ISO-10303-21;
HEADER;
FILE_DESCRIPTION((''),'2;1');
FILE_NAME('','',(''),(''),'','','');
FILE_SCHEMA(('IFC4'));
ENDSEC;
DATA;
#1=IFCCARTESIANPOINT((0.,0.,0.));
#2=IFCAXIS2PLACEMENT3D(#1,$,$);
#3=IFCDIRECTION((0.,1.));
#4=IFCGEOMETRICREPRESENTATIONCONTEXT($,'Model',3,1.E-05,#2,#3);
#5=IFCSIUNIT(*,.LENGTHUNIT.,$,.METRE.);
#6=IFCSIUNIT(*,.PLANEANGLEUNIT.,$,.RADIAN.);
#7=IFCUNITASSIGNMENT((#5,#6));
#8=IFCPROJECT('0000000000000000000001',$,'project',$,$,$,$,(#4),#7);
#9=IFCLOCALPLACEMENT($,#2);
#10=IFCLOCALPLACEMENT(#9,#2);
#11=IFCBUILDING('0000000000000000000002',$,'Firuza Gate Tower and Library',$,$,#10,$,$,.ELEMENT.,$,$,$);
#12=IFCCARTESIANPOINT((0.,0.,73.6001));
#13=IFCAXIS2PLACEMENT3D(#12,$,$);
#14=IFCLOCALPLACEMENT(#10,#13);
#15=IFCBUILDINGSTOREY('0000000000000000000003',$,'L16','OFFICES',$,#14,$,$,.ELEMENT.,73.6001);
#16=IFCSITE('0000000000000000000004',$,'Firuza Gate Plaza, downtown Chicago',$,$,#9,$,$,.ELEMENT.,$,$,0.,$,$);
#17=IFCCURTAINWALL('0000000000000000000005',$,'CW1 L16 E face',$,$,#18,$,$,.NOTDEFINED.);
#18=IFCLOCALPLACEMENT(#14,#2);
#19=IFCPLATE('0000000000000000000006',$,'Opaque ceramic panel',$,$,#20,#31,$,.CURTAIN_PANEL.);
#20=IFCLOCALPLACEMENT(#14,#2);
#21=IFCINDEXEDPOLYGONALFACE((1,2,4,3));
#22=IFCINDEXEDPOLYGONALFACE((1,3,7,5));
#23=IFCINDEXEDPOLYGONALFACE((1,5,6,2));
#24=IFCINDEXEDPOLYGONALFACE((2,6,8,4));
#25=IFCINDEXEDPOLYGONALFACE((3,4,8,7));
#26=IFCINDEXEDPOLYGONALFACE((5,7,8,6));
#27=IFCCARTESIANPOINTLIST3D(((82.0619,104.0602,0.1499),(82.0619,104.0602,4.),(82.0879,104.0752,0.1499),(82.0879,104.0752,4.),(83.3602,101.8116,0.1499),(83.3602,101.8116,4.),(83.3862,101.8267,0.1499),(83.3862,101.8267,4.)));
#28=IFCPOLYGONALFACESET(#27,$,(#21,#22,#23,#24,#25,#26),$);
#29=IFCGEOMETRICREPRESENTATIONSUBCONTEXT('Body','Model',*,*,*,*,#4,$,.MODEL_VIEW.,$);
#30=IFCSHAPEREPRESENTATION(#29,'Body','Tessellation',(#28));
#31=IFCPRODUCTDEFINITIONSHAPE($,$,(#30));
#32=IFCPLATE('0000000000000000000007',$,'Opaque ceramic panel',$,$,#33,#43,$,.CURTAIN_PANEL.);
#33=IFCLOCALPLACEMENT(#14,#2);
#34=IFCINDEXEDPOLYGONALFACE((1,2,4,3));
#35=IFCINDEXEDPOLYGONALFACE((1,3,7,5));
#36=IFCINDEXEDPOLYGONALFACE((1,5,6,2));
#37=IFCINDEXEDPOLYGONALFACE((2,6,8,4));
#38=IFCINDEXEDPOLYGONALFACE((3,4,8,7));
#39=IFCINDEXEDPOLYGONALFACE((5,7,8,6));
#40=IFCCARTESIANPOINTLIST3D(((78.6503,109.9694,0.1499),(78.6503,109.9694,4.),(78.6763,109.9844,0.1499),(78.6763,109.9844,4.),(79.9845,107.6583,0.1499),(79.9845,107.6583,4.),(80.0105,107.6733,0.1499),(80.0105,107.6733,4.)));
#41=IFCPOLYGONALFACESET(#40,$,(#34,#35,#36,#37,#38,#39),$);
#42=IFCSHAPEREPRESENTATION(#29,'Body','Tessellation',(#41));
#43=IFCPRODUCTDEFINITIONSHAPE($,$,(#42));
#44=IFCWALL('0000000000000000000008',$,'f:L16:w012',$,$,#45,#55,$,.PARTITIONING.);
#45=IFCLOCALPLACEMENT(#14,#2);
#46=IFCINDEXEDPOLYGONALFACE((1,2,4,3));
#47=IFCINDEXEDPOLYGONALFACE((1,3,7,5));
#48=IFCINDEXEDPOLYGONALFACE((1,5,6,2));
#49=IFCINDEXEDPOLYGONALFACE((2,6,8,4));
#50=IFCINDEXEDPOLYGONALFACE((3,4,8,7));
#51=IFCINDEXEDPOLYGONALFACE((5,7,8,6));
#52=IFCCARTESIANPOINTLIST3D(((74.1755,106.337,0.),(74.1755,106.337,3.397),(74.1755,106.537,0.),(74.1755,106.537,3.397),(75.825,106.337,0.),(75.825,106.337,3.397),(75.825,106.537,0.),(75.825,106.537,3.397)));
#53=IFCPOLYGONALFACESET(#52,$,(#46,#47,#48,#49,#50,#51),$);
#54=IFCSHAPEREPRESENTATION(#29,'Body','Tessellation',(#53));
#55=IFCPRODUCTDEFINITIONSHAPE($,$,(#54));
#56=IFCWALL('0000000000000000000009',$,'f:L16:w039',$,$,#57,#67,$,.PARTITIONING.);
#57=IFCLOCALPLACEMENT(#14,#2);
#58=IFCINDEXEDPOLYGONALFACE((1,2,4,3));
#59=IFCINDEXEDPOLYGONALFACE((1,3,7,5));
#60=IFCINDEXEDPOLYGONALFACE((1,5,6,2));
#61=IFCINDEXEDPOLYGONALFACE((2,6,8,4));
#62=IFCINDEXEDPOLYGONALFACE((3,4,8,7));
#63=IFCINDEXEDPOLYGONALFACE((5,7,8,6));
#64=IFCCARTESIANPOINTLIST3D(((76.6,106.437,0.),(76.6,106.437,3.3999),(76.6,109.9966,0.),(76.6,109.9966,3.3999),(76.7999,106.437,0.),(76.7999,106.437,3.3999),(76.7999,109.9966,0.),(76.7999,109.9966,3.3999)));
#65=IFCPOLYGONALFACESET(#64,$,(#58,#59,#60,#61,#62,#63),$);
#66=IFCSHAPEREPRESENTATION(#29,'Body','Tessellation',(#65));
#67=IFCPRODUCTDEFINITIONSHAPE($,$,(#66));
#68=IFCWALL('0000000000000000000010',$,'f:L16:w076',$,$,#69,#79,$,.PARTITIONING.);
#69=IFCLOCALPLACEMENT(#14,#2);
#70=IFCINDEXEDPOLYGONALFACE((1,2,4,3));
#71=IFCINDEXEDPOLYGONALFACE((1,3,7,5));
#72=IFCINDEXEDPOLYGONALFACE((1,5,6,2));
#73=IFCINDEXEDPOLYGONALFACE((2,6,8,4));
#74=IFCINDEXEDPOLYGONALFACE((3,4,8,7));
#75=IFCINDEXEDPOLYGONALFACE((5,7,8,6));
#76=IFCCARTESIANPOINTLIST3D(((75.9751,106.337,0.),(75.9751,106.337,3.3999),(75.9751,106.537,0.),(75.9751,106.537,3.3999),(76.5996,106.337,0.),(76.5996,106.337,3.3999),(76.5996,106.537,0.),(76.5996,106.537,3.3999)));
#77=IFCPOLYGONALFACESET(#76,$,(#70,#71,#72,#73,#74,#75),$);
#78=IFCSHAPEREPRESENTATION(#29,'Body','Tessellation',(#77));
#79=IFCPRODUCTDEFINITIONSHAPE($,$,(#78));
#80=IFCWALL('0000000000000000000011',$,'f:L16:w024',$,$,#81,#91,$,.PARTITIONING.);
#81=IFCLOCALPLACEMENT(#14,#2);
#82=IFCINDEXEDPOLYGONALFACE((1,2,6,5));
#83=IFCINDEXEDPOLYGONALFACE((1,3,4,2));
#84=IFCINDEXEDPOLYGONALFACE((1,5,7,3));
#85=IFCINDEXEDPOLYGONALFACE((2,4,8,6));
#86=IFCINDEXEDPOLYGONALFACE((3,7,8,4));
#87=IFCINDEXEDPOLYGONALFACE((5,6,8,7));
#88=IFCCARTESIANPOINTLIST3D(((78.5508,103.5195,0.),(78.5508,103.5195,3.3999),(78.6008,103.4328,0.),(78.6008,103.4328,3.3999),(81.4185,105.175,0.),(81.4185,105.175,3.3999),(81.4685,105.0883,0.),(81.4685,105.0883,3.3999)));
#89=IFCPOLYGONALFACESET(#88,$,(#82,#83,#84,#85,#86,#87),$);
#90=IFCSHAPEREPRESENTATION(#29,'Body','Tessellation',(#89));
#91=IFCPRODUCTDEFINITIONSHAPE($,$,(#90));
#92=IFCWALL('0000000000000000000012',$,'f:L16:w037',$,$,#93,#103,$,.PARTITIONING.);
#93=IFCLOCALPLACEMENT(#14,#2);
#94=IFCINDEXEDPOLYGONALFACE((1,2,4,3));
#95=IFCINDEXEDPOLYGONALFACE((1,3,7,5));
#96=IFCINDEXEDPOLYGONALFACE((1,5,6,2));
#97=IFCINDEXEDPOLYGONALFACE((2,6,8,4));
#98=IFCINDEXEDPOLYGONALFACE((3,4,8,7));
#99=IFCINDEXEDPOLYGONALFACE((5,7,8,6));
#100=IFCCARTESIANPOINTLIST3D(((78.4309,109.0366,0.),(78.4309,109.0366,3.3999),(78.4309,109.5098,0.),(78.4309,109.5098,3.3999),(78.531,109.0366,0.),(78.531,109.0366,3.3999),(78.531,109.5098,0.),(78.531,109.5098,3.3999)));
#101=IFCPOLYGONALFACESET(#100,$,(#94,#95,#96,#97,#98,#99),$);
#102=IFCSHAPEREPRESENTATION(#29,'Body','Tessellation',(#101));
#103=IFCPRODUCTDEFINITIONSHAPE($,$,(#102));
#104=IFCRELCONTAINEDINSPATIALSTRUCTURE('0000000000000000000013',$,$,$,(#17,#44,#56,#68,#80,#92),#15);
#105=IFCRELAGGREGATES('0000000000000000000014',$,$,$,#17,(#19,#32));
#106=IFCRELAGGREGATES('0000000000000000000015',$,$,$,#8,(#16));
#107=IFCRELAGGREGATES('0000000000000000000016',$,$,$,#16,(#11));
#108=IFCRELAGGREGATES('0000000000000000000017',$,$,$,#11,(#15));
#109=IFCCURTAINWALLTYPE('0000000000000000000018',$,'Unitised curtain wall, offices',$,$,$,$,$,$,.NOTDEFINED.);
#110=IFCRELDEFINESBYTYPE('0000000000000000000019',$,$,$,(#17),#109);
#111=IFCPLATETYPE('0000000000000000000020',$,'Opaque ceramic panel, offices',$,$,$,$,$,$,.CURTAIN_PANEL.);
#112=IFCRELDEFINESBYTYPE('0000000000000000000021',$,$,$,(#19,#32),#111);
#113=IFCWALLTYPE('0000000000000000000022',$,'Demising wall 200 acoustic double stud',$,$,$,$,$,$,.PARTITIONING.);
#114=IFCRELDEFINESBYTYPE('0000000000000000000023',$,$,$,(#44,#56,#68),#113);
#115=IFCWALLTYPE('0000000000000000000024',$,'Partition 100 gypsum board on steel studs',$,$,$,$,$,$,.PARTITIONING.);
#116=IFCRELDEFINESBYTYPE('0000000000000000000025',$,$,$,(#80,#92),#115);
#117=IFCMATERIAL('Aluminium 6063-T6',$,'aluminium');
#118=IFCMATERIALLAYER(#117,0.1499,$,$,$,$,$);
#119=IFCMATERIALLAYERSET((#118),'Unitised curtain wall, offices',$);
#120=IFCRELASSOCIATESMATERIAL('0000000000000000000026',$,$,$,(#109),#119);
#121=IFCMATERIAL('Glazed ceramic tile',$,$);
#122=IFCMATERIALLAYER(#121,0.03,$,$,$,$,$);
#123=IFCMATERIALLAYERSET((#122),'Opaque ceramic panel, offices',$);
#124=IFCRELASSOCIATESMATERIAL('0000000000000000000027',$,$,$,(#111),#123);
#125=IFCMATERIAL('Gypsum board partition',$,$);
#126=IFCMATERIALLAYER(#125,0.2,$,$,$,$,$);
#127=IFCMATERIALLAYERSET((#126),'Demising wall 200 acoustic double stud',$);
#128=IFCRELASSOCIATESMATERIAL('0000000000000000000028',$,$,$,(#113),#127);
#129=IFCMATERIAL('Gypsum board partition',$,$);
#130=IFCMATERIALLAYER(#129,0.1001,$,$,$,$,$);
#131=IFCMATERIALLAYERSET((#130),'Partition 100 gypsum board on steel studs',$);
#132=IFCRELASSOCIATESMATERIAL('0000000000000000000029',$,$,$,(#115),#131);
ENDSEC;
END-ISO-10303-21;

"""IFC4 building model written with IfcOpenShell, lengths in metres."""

from ifc_helpers import new_model, si_unit, direction, frame, frame_2d, origin, place, context, subcontext, project, spatial, polyline, rectangle, outline, extrude, material, layer, layer_set, type_object, element, aggregate, save


model = new_model("IFC4")

# Units and contexts
model_context = context("Model", 3, precision=1e-05, world=origin(), true_north=direction((0.0, 1.0)))
body_context = subcontext(model_context, "Body", "Model", "MODEL_VIEW")
ifc_project = project(units=[si_unit("LENGTHUNIT", "METRE"), si_unit("PLANEANGLEUNIT", "RADIAN")], contexts=[model_context])

# Site, building, storey
site_placement = place(None, origin())
site = spatial("IfcSite", under=ifc_project, at=site_placement, Name="Firuza Gate Plaza, downtown Chicago", CompositionType="ELEMENT", RefElevation=0.0)
building_placement = place(site_placement, origin())
building = spatial("IfcBuilding", under=site, at=building_placement, Name="Firuza Gate Tower and Library", CompositionType="ELEMENT")
storey_placement = place(building_placement, frame((0.0, 0.0, 73.6001)))
storey = spatial("IfcBuildingStorey", under=building, at=storey_placement, Name="L16", Description="OFFICES", CompositionType="ELEMENT", Elevation=73.6001)

# Curtain wall
ifc_material_1 = material(Name="Aluminium 6063-T6", Category="aluminium")
ifc_layer_1 = layer(ifc_material_1, 0.1499)
ifc_layer_set_1 = layer_set([ifc_layer_1], Name="Unitised curtain wall, offices")
curtain_wall_type_1 = type_object("IfcCurtainWallType", Name="Unitised curtain wall, offices", PredefinedType="NOTDEFINED", material=ifc_layer_set_1)
placement = place(storey_placement, origin())
curtain_wall_1 = element("IfcCurtainWall", 1, at=placement, inside=storey, type_object=curtain_wall_type_1, Name="CW1 L16 E face", PredefinedType="NOTDEFINED")

# Plates
ifc_material_2 = material(Name="Glazed ceramic tile")
ifc_layer_2 = layer(ifc_material_2, 0.03)
ifc_layer_set_2 = layer_set([ifc_layer_2], Name="Opaque ceramic panel, offices")
plate_type_1 = type_object("IfcPlateType", Name="Opaque ceramic panel, offices", PredefinedType="CURTAIN_PANEL", material=ifc_layer_set_2)
plate_1_placement = place(storey_placement, frame((83.3862, 101.8267, 0.1499), z_axis=(0.866001, 0.500043, 0.0), x_axis=(-0.500043, 0.866001, 0.0)))
plate_1 = element("IfcPlate", 2, at=plate_1_placement, type_object=plate_type_1, Name="Opaque ceramic panel", PredefinedType="CURTAIN_PANEL", context=body_context, shape_type="SweptSolid", body=[
    extrude(outline(polyline([(0.0, 0.0), (2.5965, 0.0), (2.5965, 3.8501), (0.0, 3.8501), (0.0, 0.0)])), origin(), (0.0, 0.0, -1.0), 0.03),
])
plate_2_placement = place(storey_placement, frame((80.0105, 107.6733, 0.1499), z_axis=(0.866033, 0.499986, 0.0), x_axis=(-0.499986, 0.866033, 0.0)))
plate_2 = element("IfcPlate", 3, at=plate_2_placement, type_object=plate_type_1, Name="Opaque ceramic panel", PredefinedType="CURTAIN_PANEL", context=body_context, shape_type="SweptSolid", body=[
    extrude(outline(polyline([(0.0, 0.0), (2.6685, 0.0), (2.6685, 3.8501), (0.0, 3.8501), (0.0, 0.0)])), origin(), (0.0, 0.0, -1.0), 0.03),
])
aggregate(curtain_wall_1, [plate_1, plate_2])

# Walls
ifc_material_3 = material(Name="Gypsum board partition")
ifc_layer_3 = layer(ifc_material_3, 0.2)
ifc_layer_set_3 = layer_set([ifc_layer_3], Name="Demising wall 200 acoustic double stud")
wall_type_1 = type_object("IfcWallType", Name="Demising wall 200 acoustic double stud", PredefinedType="PARTITIONING", material=ifc_layer_set_3)
wall_1_placement = place(storey_placement, frame((74.1755, 106.437, 0.0), z_axis=(0.0, 0.0, 1.0), x_axis=(1.0, 0.0, 0.0)))
element("IfcWall", 4, at=wall_1_placement, inside=storey, type_object=wall_type_1, Name="f:L16:w012", PredefinedType="PARTITIONING", context=body_context, shape_type="SweptSolid", body=[
    extrude(rectangle(XDim=1.6494, YDim=0.2, at=frame_2d((0.8247, 0.0))), origin(), (0.0, 0.0, 1.0), 3.397),
])
wall_2_placement = place(storey_placement, frame((76.7, 106.437, 0.0), z_axis=(0.0, 0.0, 1.0), x_axis=(0.0, 1.0, 0.0)))
element("IfcWall", 5, at=wall_2_placement, inside=storey, type_object=wall_type_1, Name="f:L16:w039", PredefinedType="PARTITIONING", context=body_context, shape_type="SweptSolid", body=[
    extrude(rectangle(XDim=3.5596, YDim=0.2, at=frame_2d((1.7798, 0.0))), origin(), (0.0, 0.0, 1.0), 3.3999),
])
wall_3_placement = place(storey_placement, frame((75.9751, 106.437, 0.0), z_axis=(0.0, 0.0, 1.0), x_axis=(1.0, 0.0, 0.0)))
element("IfcWall", 6, at=wall_3_placement, inside=storey, type_object=wall_type_1, Name="f:L16:w076", PredefinedType="PARTITIONING", context=body_context, shape_type="SweptSolid", body=[
    extrude(rectangle(XDim=0.6245, YDim=0.2, at=frame_2d((0.3123, 0.0))), origin(), (0.0, 0.0, 1.0), 3.3999),
])
ifc_material_4 = material(Name="Gypsum board partition")
ifc_layer_4 = layer(ifc_material_4, 0.1001)
ifc_layer_set_4 = layer_set([ifc_layer_4], Name="Partition 100 gypsum board on steel studs")
wall_type_2 = type_object("IfcWallType", Name="Partition 100 gypsum board on steel studs", PredefinedType="PARTITIONING", material=ifc_layer_set_4)
wall_4_placement = place(storey_placement, frame((78.5757, 103.4761, 0.0), z_axis=(0.0, 0.0, 1.0), x_axis=(0.866043, 0.499969, 0.0)))
element("IfcWall", 7, at=wall_4_placement, inside=storey, type_object=wall_type_2, Name="f:L16:w024", PredefinedType="PARTITIONING", context=body_context, shape_type="SweptSolid", body=[
    extrude(rectangle(XDim=3.3113, YDim=0.1001, at=frame_2d((1.6558, 0.0))), origin(), (0.0, 0.0, 1.0), 3.3999),
])
wall_5_placement = place(storey_placement, frame((78.481, 109.0366, 0.0), z_axis=(0.0, 0.0, 1.0), x_axis=(0.0, 1.0, 0.0)))
element("IfcWall", 8, at=wall_5_placement, inside=storey, type_object=wall_type_2, Name="f:L16:w037", PredefinedType="PARTITIONING", context=body_context, shape_type="SweptSolid", body=[
    extrude(rectangle(XDim=0.4731, YDim=0.1001, at=frame_2d((0.2366, 0.0))), origin(), (0.0, 0.0, 1.0), 3.3999),
])

save(model, "model.ifc")
